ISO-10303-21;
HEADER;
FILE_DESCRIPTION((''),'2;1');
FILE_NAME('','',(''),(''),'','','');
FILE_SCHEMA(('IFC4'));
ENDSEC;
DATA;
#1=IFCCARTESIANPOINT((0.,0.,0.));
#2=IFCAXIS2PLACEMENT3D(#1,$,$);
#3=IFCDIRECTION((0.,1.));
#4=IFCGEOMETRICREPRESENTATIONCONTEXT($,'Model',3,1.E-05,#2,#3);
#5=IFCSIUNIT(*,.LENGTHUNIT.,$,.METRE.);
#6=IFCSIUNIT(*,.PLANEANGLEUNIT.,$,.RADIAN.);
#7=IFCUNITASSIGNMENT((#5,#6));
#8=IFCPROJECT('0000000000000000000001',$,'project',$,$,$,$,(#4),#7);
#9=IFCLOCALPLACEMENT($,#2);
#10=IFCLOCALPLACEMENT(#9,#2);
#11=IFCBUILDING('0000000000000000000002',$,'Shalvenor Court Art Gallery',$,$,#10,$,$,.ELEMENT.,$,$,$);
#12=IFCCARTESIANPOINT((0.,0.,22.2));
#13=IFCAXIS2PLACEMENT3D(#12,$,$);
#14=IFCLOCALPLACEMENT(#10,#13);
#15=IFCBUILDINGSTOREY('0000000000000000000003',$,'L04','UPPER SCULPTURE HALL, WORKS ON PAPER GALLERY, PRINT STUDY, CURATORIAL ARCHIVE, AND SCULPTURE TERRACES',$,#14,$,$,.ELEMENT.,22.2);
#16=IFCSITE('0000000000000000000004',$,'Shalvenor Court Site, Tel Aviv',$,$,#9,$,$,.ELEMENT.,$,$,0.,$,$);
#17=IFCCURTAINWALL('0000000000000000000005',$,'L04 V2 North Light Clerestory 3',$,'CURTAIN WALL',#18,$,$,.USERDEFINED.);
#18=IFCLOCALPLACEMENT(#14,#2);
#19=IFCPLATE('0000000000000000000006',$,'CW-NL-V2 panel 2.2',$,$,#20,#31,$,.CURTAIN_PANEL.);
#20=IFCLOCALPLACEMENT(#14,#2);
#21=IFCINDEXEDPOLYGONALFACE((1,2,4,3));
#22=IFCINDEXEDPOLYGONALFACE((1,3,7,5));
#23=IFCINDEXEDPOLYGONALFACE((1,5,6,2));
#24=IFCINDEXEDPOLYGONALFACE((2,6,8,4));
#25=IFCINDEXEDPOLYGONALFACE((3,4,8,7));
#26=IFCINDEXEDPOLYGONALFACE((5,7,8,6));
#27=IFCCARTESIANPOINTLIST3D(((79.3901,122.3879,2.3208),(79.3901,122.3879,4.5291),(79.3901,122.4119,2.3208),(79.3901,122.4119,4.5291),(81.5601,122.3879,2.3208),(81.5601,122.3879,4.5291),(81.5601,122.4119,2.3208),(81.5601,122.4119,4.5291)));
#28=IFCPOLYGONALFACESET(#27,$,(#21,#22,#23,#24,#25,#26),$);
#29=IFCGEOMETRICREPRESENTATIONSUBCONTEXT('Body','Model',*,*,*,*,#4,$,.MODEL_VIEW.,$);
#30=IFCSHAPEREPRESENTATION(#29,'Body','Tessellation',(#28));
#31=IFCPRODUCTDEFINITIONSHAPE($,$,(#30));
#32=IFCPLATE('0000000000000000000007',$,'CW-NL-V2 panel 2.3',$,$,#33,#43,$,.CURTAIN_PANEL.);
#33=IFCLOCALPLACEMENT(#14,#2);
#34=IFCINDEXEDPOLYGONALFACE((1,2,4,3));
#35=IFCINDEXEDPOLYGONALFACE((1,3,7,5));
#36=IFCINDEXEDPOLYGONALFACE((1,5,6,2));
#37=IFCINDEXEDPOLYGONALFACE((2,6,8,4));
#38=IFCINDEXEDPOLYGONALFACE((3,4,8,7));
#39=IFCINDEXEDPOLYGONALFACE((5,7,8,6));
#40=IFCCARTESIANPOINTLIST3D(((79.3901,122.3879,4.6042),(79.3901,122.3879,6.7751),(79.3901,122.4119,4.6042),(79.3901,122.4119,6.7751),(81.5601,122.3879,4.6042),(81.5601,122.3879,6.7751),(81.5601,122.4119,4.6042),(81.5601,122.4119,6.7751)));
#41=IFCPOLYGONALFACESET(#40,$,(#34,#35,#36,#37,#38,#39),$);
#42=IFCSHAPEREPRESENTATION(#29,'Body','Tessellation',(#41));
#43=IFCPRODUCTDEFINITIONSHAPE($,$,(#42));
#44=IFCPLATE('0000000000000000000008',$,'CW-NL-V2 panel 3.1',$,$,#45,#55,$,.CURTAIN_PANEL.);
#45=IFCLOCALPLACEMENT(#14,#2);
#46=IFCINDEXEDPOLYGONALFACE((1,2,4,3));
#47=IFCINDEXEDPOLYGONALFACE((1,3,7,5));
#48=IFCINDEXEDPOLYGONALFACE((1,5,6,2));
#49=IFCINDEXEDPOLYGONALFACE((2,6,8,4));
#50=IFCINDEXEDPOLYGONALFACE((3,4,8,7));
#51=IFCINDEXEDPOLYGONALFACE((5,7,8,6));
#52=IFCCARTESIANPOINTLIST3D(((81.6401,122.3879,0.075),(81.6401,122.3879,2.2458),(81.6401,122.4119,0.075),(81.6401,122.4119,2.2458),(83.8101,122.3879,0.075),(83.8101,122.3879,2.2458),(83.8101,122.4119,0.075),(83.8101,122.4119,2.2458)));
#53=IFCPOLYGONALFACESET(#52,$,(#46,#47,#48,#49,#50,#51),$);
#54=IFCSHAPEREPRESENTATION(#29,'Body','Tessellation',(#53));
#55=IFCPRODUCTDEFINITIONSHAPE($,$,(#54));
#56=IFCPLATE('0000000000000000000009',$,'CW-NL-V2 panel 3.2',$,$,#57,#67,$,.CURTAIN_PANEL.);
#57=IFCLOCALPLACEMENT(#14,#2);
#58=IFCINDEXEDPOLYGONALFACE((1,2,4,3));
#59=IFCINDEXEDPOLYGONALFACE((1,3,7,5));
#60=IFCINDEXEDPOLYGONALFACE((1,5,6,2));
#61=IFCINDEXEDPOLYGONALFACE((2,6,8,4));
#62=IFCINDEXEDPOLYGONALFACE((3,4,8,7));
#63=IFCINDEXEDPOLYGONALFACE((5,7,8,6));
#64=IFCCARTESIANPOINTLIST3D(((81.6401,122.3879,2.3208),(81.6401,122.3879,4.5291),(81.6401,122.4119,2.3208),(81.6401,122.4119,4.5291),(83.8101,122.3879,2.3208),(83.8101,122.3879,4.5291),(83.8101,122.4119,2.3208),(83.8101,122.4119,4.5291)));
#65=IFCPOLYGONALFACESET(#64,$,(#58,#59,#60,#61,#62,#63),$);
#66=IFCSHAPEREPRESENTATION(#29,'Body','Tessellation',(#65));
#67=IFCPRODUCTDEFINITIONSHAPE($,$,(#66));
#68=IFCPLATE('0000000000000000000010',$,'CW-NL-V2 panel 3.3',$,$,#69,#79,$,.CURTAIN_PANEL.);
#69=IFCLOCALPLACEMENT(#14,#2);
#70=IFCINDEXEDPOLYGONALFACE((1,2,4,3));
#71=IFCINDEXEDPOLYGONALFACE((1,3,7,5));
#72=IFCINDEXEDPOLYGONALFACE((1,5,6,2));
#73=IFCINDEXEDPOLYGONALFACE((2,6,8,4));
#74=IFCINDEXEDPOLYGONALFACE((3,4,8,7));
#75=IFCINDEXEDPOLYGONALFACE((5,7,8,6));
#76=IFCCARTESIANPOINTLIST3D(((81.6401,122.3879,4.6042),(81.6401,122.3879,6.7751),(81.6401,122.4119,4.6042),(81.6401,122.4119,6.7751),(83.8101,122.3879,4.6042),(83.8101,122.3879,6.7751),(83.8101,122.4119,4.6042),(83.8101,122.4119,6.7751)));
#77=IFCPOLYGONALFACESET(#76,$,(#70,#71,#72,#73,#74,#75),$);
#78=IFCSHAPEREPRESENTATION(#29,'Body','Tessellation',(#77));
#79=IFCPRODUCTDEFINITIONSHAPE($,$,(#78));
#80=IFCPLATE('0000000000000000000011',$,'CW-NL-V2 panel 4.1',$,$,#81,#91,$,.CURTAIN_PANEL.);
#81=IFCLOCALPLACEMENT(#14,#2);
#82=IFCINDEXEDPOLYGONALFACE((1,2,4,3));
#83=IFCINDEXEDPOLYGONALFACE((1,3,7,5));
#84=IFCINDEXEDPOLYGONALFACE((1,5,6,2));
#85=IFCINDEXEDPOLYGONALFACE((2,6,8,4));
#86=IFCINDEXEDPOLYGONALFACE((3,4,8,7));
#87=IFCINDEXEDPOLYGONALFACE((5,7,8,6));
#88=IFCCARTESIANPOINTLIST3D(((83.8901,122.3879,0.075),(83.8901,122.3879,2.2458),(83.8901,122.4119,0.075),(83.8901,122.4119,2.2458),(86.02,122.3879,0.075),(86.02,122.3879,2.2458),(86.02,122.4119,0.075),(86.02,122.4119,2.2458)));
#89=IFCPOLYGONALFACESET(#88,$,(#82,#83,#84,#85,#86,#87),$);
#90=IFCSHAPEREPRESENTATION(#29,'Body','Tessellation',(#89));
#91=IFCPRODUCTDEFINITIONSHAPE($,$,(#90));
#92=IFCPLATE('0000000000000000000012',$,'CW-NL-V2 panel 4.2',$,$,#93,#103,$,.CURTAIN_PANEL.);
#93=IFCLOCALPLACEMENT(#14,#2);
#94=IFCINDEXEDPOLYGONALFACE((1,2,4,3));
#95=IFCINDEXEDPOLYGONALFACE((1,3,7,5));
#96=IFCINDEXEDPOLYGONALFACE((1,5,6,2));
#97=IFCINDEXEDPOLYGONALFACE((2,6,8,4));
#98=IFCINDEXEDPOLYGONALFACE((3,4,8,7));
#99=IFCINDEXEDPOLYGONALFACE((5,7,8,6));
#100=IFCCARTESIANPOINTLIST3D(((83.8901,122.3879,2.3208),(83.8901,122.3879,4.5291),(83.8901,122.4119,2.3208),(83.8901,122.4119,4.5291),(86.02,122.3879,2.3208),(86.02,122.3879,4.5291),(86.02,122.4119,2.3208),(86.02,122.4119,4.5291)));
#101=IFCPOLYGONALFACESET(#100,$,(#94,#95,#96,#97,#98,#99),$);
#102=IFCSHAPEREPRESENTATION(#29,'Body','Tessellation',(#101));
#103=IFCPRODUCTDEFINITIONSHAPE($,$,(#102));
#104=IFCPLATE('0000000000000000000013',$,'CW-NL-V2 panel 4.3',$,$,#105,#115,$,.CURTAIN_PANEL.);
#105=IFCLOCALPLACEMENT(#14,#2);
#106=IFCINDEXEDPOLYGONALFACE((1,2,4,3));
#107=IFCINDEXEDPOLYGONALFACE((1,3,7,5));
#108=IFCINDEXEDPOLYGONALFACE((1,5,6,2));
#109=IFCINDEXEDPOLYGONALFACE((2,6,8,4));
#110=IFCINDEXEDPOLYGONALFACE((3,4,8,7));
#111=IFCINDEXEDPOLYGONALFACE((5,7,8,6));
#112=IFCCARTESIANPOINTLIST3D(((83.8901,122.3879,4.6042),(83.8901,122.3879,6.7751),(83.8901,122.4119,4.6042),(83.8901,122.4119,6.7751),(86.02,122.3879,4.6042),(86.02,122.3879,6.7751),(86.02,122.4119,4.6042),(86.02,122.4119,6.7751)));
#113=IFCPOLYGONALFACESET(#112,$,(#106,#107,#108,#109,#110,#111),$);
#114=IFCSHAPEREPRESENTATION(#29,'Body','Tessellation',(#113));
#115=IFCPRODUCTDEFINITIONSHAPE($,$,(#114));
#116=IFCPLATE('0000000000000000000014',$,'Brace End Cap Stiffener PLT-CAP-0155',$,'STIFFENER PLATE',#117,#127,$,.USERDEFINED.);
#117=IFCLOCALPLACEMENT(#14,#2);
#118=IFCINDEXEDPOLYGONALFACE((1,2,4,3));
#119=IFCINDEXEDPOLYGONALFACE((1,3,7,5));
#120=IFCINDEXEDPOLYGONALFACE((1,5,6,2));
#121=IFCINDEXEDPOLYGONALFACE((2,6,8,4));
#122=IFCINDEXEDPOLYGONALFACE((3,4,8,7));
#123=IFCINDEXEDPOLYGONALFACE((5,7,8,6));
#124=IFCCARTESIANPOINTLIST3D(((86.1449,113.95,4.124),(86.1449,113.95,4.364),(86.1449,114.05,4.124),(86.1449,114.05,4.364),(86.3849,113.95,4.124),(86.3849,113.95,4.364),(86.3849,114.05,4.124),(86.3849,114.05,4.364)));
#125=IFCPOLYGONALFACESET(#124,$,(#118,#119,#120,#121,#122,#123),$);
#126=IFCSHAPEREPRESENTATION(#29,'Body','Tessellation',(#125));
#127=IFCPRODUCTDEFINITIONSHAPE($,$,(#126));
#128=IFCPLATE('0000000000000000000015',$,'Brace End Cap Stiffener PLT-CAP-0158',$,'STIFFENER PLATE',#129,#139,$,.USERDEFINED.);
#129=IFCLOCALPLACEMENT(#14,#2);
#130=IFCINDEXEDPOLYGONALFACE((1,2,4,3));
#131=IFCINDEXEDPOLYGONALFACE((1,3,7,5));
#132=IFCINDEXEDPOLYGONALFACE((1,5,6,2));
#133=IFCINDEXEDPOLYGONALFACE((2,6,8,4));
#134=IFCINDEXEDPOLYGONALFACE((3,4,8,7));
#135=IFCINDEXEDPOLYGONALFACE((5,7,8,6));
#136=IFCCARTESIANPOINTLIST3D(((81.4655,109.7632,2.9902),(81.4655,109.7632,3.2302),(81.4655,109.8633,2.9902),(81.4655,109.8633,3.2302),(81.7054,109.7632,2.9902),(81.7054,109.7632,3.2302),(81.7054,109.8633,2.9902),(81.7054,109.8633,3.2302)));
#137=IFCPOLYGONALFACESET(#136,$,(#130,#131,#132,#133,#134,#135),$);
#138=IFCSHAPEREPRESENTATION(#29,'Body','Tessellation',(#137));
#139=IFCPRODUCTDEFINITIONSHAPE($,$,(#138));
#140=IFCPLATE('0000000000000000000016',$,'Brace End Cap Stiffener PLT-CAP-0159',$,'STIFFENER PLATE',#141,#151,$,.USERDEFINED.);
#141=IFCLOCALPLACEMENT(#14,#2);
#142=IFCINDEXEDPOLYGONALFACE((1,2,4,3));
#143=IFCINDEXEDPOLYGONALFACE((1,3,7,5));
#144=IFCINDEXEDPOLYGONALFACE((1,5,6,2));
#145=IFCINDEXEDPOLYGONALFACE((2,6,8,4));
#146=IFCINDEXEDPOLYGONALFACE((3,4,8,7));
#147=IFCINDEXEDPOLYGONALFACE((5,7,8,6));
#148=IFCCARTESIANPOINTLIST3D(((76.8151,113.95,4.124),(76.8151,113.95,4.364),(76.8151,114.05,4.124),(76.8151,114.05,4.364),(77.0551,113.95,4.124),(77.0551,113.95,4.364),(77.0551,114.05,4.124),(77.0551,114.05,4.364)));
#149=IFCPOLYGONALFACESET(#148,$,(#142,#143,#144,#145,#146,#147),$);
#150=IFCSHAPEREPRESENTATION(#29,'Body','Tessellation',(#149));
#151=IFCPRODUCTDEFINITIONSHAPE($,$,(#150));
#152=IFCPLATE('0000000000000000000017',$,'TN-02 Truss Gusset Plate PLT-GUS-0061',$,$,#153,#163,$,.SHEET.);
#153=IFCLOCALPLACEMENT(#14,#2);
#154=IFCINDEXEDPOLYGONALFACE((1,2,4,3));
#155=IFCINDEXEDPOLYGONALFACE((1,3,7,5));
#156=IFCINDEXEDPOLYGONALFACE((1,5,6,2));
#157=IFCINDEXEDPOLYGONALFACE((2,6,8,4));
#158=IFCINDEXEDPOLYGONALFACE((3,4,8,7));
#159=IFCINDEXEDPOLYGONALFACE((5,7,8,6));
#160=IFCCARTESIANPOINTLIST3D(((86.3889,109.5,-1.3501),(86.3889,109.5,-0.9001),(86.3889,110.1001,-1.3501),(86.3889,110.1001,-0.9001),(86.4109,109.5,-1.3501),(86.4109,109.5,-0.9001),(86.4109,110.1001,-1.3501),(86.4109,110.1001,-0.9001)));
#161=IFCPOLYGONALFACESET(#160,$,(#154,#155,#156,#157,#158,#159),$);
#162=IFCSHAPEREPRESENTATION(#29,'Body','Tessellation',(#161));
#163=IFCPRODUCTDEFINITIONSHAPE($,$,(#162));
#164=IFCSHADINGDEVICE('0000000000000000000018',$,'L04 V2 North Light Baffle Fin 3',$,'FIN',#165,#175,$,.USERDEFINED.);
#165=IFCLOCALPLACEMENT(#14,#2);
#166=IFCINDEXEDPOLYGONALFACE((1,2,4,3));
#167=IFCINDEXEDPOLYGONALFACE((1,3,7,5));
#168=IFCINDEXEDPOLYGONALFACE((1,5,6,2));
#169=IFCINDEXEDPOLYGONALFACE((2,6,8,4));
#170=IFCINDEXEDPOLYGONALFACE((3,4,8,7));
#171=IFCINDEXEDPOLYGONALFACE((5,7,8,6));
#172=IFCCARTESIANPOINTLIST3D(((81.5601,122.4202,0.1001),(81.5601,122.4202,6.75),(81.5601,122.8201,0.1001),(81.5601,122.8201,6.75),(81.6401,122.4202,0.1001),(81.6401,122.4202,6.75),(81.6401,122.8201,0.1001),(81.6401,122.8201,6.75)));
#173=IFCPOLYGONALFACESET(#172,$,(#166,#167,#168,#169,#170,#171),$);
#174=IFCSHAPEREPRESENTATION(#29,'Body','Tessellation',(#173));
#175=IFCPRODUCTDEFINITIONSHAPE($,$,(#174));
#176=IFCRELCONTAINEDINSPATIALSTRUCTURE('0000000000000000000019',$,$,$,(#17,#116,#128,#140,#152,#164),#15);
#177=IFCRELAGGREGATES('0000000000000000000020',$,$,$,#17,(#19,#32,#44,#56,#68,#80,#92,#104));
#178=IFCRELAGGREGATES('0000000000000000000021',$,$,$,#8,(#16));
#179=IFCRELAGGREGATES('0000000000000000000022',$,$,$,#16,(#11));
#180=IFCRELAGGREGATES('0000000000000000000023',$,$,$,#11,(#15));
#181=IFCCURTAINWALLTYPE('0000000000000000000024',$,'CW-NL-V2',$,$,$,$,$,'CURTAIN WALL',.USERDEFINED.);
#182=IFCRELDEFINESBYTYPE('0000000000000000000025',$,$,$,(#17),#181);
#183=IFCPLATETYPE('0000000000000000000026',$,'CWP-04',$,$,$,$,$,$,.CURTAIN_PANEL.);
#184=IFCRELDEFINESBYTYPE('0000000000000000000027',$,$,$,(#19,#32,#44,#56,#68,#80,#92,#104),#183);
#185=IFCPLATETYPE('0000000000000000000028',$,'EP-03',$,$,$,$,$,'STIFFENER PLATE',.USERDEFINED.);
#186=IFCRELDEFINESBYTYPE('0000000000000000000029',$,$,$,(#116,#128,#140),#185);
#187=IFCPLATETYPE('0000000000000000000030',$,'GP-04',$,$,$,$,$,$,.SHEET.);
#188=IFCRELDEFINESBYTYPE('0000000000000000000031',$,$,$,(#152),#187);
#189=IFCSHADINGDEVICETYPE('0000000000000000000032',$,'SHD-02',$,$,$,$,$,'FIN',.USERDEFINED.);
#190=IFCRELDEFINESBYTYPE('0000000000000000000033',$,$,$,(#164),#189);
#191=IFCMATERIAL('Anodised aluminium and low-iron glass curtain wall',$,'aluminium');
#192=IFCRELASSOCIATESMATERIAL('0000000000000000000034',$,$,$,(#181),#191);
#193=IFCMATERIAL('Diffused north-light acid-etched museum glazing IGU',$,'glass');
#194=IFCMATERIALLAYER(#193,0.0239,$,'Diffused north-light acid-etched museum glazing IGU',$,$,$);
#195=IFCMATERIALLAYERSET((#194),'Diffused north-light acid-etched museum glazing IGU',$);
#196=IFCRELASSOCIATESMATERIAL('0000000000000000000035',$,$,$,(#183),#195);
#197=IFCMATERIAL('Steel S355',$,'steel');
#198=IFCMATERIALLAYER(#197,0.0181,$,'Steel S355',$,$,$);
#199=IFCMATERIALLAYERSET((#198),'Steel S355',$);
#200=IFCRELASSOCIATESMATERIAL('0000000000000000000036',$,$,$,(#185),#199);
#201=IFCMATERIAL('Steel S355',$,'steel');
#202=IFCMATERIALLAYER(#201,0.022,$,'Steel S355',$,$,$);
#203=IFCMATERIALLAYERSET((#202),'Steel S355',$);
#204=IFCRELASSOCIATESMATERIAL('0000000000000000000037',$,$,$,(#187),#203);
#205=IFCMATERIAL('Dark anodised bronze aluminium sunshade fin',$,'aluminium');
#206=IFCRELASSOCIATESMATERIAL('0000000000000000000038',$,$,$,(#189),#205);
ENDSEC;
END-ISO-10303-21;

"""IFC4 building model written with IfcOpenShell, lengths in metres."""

from ifc_helpers import new_model, si_unit, direction, frame, origin, origin_2d, place, context, subcontext, project, spatial, rectangle, extrude, material, layer, layer_set, type_object, element, aggregate, save


model = new_model("IFC4")

# Units and contexts
model_context = context("Model", 3, precision=1e-05, world=origin(), true_north=direction((0.0, 1.0)))
body_context = subcontext(model_context, "Body", "Model", "MODEL_VIEW")
ifc_project = project(units=[si_unit("LENGTHUNIT", "METRE"), si_unit("PLANEANGLEUNIT", "RADIAN")], contexts=[model_context])

# Site, building, storey
site_placement = place(None, origin())
site = spatial("IfcSite", under=ifc_project, at=site_placement, Name="Shalvenor Court Site, Tel Aviv", CompositionType="ELEMENT", RefElevation=0.0)
building_placement = place(site_placement, origin())
building = spatial("IfcBuilding", under=site, at=building_placement, Name="Shalvenor Court Art Gallery", CompositionType="ELEMENT")
storey_placement = place(building_placement, frame((0.0, 0.0, 22.2)))
storey = spatial("IfcBuildingStorey", under=building, at=storey_placement, Name="L04", Description="UPPER SCULPTURE HALL, WORKS ON PAPER GALLERY, PRINT STUDY, CURATORIAL ARCHIVE, AND SCULPTURE TERRACES", CompositionType="ELEMENT", Elevation=22.2)

# Curtain wall
ifc_material_1 = material(Name="Anodised aluminium and low-iron glass curtain wall", Category="aluminium")
curtain_wall_type = type_object("IfcCurtainWallType", Name="CW-NL-V2", ElementType="CURTAIN WALL", PredefinedType="USERDEFINED", material=ifc_material_1)
curtain_wall_placement = place(storey_placement, origin())
curtain_wall = element("IfcCurtainWall", 1, at=curtain_wall_placement, inside=storey, type_object=curtain_wall_type, Name="L04 V2 North Light Clerestory 3", ObjectType="CURTAIN WALL", PredefinedType="USERDEFINED")

# Plates
ifc_material_2 = material(Name="Diffused north-light acid-etched museum glazing IGU", Category="glass")
ifc_layer_1 = layer(ifc_material_2, 0.0239, Name="Diffused north-light acid-etched museum glazing IGU")
ifc_layer_set_1 = layer_set([ifc_layer_1], Name="Diffused north-light acid-etched museum glazing IGU")
plate_type_1 = type_object("IfcPlateType", Name="CWP-04", PredefinedType="CURTAIN_PANEL", material=ifc_layer_set_1)
plate_1_placement = place(storey_placement, frame((80.4751, 122.3999, 2.3208), z_axis=(0.0, 0.0, 1.0), x_axis=(1.0, 0.0, 0.0)))
plate_1 = element("IfcPlate", 2, at=plate_1_placement, type_object=plate_type_1, Name="CW-NL-V2 panel 2.2", PredefinedType="CURTAIN_PANEL", context=body_context, shape_type="SweptSolid", body=[
    extrude(rectangle(XDim=2.1699, YDim=0.0239, at=origin_2d()), origin(), (0.0, 0.0, 1.0), 2.2083),
])
plate_2_placement = place(storey_placement, frame((80.4751, 122.3999, 4.6042), z_axis=(0.0, 0.0, 1.0), x_axis=(1.0, 0.0, 0.0)))
plate_2 = element("IfcPlate", 3, at=plate_2_placement, type_object=plate_type_1, Name="CW-NL-V2 panel 2.3", PredefinedType="CURTAIN_PANEL", context=body_context, shape_type="SweptSolid", body=[
    extrude(rectangle(XDim=2.1699, YDim=0.0239, at=origin_2d()), origin(), (0.0, 0.0, 1.0), 2.1709),
])
plate_3_placement = place(storey_placement, frame((82.7251, 122.3999, 0.075), z_axis=(0.0, 0.0, 1.0), x_axis=(1.0, 0.0, 0.0)))
plate_3 = element("IfcPlate", 4, at=plate_3_placement, type_object=plate_type_1, Name="CW-NL-V2 panel 3.1", PredefinedType="CURTAIN_PANEL", context=body_context, shape_type="SweptSolid", body=[
    extrude(rectangle(XDim=2.1699, YDim=0.0239, at=origin_2d()), origin(), (0.0, 0.0, 1.0), 2.1709),
])
plate_4_placement = place(storey_placement, frame((82.7251, 122.3999, 2.3208), z_axis=(0.0, 0.0, 1.0), x_axis=(1.0, 0.0, 0.0)))
plate_4 = element("IfcPlate", 5, at=plate_4_placement, type_object=plate_type_1, Name="CW-NL-V2 panel 3.2", PredefinedType="CURTAIN_PANEL", context=body_context, shape_type="SweptSolid", body=[
    extrude(rectangle(XDim=2.1699, YDim=0.0239, at=origin_2d()), origin(), (0.0, 0.0, 1.0), 2.2083),
])
plate_5_placement = place(storey_placement, frame((82.7251, 122.3999, 4.6042), z_axis=(0.0, 0.0, 1.0), x_axis=(1.0, 0.0, 0.0)))
plate_5 = element("IfcPlate", 6, at=plate_5_placement, type_object=plate_type_1, Name="CW-NL-V2 panel 3.3", PredefinedType="CURTAIN_PANEL", context=body_context, shape_type="SweptSolid", body=[
    extrude(rectangle(XDim=2.1699, YDim=0.0239, at=origin_2d()), origin(), (0.0, 0.0, 1.0), 2.1709),
])
plate_6_placement = place(storey_placement, frame((84.9551, 122.3999, 0.075), z_axis=(0.0, 0.0, 1.0), x_axis=(1.0, 0.0, 0.0)))
plate_6 = element("IfcPlate", 7, at=plate_6_placement, type_object=plate_type_1, Name="CW-NL-V2 panel 4.1", PredefinedType="CURTAIN_PANEL", context=body_context, shape_type="SweptSolid", body=[
    extrude(rectangle(XDim=2.1299, YDim=0.0239, at=origin_2d()), origin(), (0.0, 0.0, 1.0), 2.1709),
])
plate_7_placement = place(storey_placement, frame((84.9551, 122.3999, 2.3208), z_axis=(0.0, 0.0, 1.0), x_axis=(1.0, 0.0, 0.0)))
plate_7 = element("IfcPlate", 8, at=plate_7_placement, type_object=plate_type_1, Name="CW-NL-V2 panel 4.2", PredefinedType="CURTAIN_PANEL", context=body_context, shape_type="SweptSolid", body=[
    extrude(rectangle(XDim=2.1299, YDim=0.0239, at=origin_2d()), origin(), (0.0, 0.0, 1.0), 2.2083),
])
plate_8_placement = place(storey_placement, frame((84.9551, 122.3999, 4.6042), z_axis=(0.0, 0.0, 1.0), x_axis=(1.0, 0.0, 0.0)))
plate_8 = element("IfcPlate", 9, at=plate_8_placement, type_object=plate_type_1, Name="CW-NL-V2 panel 4.3", PredefinedType="CURTAIN_PANEL", context=body_context, shape_type="SweptSolid", body=[
    extrude(rectangle(XDim=2.1299, YDim=0.0239, at=origin_2d()), origin(), (0.0, 0.0, 1.0), 2.1709),
])
aggregate(curtain_wall, [plate_1, plate_2, plate_3, plate_4, plate_5, plate_6, plate_7, plate_8])

# Plates
ifc_material_3 = material(Name="Steel S355", Category="steel")
ifc_layer_2 = layer(ifc_material_3, 0.0181, Name="Steel S355")
ifc_layer_set_2 = layer_set([ifc_layer_2], Name="Steel S355")
plate_type_2 = type_object("IfcPlateType", Name="EP-03", ElementType="STIFFENER PLATE", PredefinedType="USERDEFINED", material=ifc_layer_set_2)
for number, where, z_axis, x_axis, name in (
    (10, (86.2649, 114.0, 4.124), (0.0, 0.0, 1.0), (1.0, 0.0, 0.0), "Brace End Cap Stiffener PLT-CAP-0155"),
    (11, (81.5854, 109.8132, 2.9902), (0.0, 0.0, 1.0), (1.0, 0.0, 0.0), "Brace End Cap Stiffener PLT-CAP-0158"),
    (12, (76.9351, 114.0, 4.124), (0.0, 0.0, 1.0), (1.0, 0.0, 0.0), "Brace End Cap Stiffener PLT-CAP-0159"),
):
    element("IfcPlate", number, at=place(storey_placement, frame(where, z_axis=z_axis, x_axis=x_axis)), inside=storey, type_object=plate_type_2, Name=name, ObjectType="STIFFENER PLATE", PredefinedType="USERDEFINED", context=body_context, shape_type="SweptSolid", body=[
        extrude(rectangle(XDim=0.24, YDim=0.1001, at=origin_2d()), origin(), (0.0, 0.0, 1.0), 0.24),
    ])
ifc_material_4 = material(Name="Steel S355", Category="steel")
ifc_layer_3 = layer(ifc_material_4, 0.022, Name="Steel S355")
ifc_layer_set_3 = layer_set([ifc_layer_3], Name="Steel S355")
plate_type_3 = type_object("IfcPlateType", Name="GP-04", PredefinedType="SHEET", material=ifc_layer_set_3)
plate_9_placement = place(storey_placement, frame((86.3999, 109.8, -1.3501), z_axis=(0.0, 0.0, 1.0), x_axis=(0.0, 1.0, 0.0)))
element("IfcPlate", 13, at=plate_9_placement, inside=storey, type_object=plate_type_3, Name="TN-02 Truss Gusset Plate PLT-GUS-0061", PredefinedType="SHEET", context=body_context, shape_type="SweptSolid", body=[
    extrude(rectangle(XDim=0.6001, YDim=0.022, at=origin_2d()), origin(), (0.0, 0.0, 1.0), 0.45),
])

# Shading device
ifc_material_5 = material(Name="Dark anodised bronze aluminium sunshade fin", Category="aluminium")
shading_device_type = type_object("IfcShadingDeviceType", Name="SHD-02", ElementType="FIN", PredefinedType="USERDEFINED", material=ifc_material_5)
shading_device_placement = place(storey_placement, frame((81.6001, 122.6201, 0.1001), z_axis=(0.0, 0.0, 1.0), x_axis=(1.0, 0.0, 0.0)))
element("IfcShadingDevice", 14, at=shading_device_placement, inside=storey, type_object=shading_device_type, Name="L04 V2 North Light Baffle Fin 3", ObjectType="FIN", PredefinedType="USERDEFINED", context=body_context, shape_type="SweptSolid", body=[
    extrude(rectangle(XDim=0.0801, YDim=0.3999, at=origin_2d()), origin(), (0.0, 0.0, 1.0), 6.6499),
])

save(model, "model.ifc")
